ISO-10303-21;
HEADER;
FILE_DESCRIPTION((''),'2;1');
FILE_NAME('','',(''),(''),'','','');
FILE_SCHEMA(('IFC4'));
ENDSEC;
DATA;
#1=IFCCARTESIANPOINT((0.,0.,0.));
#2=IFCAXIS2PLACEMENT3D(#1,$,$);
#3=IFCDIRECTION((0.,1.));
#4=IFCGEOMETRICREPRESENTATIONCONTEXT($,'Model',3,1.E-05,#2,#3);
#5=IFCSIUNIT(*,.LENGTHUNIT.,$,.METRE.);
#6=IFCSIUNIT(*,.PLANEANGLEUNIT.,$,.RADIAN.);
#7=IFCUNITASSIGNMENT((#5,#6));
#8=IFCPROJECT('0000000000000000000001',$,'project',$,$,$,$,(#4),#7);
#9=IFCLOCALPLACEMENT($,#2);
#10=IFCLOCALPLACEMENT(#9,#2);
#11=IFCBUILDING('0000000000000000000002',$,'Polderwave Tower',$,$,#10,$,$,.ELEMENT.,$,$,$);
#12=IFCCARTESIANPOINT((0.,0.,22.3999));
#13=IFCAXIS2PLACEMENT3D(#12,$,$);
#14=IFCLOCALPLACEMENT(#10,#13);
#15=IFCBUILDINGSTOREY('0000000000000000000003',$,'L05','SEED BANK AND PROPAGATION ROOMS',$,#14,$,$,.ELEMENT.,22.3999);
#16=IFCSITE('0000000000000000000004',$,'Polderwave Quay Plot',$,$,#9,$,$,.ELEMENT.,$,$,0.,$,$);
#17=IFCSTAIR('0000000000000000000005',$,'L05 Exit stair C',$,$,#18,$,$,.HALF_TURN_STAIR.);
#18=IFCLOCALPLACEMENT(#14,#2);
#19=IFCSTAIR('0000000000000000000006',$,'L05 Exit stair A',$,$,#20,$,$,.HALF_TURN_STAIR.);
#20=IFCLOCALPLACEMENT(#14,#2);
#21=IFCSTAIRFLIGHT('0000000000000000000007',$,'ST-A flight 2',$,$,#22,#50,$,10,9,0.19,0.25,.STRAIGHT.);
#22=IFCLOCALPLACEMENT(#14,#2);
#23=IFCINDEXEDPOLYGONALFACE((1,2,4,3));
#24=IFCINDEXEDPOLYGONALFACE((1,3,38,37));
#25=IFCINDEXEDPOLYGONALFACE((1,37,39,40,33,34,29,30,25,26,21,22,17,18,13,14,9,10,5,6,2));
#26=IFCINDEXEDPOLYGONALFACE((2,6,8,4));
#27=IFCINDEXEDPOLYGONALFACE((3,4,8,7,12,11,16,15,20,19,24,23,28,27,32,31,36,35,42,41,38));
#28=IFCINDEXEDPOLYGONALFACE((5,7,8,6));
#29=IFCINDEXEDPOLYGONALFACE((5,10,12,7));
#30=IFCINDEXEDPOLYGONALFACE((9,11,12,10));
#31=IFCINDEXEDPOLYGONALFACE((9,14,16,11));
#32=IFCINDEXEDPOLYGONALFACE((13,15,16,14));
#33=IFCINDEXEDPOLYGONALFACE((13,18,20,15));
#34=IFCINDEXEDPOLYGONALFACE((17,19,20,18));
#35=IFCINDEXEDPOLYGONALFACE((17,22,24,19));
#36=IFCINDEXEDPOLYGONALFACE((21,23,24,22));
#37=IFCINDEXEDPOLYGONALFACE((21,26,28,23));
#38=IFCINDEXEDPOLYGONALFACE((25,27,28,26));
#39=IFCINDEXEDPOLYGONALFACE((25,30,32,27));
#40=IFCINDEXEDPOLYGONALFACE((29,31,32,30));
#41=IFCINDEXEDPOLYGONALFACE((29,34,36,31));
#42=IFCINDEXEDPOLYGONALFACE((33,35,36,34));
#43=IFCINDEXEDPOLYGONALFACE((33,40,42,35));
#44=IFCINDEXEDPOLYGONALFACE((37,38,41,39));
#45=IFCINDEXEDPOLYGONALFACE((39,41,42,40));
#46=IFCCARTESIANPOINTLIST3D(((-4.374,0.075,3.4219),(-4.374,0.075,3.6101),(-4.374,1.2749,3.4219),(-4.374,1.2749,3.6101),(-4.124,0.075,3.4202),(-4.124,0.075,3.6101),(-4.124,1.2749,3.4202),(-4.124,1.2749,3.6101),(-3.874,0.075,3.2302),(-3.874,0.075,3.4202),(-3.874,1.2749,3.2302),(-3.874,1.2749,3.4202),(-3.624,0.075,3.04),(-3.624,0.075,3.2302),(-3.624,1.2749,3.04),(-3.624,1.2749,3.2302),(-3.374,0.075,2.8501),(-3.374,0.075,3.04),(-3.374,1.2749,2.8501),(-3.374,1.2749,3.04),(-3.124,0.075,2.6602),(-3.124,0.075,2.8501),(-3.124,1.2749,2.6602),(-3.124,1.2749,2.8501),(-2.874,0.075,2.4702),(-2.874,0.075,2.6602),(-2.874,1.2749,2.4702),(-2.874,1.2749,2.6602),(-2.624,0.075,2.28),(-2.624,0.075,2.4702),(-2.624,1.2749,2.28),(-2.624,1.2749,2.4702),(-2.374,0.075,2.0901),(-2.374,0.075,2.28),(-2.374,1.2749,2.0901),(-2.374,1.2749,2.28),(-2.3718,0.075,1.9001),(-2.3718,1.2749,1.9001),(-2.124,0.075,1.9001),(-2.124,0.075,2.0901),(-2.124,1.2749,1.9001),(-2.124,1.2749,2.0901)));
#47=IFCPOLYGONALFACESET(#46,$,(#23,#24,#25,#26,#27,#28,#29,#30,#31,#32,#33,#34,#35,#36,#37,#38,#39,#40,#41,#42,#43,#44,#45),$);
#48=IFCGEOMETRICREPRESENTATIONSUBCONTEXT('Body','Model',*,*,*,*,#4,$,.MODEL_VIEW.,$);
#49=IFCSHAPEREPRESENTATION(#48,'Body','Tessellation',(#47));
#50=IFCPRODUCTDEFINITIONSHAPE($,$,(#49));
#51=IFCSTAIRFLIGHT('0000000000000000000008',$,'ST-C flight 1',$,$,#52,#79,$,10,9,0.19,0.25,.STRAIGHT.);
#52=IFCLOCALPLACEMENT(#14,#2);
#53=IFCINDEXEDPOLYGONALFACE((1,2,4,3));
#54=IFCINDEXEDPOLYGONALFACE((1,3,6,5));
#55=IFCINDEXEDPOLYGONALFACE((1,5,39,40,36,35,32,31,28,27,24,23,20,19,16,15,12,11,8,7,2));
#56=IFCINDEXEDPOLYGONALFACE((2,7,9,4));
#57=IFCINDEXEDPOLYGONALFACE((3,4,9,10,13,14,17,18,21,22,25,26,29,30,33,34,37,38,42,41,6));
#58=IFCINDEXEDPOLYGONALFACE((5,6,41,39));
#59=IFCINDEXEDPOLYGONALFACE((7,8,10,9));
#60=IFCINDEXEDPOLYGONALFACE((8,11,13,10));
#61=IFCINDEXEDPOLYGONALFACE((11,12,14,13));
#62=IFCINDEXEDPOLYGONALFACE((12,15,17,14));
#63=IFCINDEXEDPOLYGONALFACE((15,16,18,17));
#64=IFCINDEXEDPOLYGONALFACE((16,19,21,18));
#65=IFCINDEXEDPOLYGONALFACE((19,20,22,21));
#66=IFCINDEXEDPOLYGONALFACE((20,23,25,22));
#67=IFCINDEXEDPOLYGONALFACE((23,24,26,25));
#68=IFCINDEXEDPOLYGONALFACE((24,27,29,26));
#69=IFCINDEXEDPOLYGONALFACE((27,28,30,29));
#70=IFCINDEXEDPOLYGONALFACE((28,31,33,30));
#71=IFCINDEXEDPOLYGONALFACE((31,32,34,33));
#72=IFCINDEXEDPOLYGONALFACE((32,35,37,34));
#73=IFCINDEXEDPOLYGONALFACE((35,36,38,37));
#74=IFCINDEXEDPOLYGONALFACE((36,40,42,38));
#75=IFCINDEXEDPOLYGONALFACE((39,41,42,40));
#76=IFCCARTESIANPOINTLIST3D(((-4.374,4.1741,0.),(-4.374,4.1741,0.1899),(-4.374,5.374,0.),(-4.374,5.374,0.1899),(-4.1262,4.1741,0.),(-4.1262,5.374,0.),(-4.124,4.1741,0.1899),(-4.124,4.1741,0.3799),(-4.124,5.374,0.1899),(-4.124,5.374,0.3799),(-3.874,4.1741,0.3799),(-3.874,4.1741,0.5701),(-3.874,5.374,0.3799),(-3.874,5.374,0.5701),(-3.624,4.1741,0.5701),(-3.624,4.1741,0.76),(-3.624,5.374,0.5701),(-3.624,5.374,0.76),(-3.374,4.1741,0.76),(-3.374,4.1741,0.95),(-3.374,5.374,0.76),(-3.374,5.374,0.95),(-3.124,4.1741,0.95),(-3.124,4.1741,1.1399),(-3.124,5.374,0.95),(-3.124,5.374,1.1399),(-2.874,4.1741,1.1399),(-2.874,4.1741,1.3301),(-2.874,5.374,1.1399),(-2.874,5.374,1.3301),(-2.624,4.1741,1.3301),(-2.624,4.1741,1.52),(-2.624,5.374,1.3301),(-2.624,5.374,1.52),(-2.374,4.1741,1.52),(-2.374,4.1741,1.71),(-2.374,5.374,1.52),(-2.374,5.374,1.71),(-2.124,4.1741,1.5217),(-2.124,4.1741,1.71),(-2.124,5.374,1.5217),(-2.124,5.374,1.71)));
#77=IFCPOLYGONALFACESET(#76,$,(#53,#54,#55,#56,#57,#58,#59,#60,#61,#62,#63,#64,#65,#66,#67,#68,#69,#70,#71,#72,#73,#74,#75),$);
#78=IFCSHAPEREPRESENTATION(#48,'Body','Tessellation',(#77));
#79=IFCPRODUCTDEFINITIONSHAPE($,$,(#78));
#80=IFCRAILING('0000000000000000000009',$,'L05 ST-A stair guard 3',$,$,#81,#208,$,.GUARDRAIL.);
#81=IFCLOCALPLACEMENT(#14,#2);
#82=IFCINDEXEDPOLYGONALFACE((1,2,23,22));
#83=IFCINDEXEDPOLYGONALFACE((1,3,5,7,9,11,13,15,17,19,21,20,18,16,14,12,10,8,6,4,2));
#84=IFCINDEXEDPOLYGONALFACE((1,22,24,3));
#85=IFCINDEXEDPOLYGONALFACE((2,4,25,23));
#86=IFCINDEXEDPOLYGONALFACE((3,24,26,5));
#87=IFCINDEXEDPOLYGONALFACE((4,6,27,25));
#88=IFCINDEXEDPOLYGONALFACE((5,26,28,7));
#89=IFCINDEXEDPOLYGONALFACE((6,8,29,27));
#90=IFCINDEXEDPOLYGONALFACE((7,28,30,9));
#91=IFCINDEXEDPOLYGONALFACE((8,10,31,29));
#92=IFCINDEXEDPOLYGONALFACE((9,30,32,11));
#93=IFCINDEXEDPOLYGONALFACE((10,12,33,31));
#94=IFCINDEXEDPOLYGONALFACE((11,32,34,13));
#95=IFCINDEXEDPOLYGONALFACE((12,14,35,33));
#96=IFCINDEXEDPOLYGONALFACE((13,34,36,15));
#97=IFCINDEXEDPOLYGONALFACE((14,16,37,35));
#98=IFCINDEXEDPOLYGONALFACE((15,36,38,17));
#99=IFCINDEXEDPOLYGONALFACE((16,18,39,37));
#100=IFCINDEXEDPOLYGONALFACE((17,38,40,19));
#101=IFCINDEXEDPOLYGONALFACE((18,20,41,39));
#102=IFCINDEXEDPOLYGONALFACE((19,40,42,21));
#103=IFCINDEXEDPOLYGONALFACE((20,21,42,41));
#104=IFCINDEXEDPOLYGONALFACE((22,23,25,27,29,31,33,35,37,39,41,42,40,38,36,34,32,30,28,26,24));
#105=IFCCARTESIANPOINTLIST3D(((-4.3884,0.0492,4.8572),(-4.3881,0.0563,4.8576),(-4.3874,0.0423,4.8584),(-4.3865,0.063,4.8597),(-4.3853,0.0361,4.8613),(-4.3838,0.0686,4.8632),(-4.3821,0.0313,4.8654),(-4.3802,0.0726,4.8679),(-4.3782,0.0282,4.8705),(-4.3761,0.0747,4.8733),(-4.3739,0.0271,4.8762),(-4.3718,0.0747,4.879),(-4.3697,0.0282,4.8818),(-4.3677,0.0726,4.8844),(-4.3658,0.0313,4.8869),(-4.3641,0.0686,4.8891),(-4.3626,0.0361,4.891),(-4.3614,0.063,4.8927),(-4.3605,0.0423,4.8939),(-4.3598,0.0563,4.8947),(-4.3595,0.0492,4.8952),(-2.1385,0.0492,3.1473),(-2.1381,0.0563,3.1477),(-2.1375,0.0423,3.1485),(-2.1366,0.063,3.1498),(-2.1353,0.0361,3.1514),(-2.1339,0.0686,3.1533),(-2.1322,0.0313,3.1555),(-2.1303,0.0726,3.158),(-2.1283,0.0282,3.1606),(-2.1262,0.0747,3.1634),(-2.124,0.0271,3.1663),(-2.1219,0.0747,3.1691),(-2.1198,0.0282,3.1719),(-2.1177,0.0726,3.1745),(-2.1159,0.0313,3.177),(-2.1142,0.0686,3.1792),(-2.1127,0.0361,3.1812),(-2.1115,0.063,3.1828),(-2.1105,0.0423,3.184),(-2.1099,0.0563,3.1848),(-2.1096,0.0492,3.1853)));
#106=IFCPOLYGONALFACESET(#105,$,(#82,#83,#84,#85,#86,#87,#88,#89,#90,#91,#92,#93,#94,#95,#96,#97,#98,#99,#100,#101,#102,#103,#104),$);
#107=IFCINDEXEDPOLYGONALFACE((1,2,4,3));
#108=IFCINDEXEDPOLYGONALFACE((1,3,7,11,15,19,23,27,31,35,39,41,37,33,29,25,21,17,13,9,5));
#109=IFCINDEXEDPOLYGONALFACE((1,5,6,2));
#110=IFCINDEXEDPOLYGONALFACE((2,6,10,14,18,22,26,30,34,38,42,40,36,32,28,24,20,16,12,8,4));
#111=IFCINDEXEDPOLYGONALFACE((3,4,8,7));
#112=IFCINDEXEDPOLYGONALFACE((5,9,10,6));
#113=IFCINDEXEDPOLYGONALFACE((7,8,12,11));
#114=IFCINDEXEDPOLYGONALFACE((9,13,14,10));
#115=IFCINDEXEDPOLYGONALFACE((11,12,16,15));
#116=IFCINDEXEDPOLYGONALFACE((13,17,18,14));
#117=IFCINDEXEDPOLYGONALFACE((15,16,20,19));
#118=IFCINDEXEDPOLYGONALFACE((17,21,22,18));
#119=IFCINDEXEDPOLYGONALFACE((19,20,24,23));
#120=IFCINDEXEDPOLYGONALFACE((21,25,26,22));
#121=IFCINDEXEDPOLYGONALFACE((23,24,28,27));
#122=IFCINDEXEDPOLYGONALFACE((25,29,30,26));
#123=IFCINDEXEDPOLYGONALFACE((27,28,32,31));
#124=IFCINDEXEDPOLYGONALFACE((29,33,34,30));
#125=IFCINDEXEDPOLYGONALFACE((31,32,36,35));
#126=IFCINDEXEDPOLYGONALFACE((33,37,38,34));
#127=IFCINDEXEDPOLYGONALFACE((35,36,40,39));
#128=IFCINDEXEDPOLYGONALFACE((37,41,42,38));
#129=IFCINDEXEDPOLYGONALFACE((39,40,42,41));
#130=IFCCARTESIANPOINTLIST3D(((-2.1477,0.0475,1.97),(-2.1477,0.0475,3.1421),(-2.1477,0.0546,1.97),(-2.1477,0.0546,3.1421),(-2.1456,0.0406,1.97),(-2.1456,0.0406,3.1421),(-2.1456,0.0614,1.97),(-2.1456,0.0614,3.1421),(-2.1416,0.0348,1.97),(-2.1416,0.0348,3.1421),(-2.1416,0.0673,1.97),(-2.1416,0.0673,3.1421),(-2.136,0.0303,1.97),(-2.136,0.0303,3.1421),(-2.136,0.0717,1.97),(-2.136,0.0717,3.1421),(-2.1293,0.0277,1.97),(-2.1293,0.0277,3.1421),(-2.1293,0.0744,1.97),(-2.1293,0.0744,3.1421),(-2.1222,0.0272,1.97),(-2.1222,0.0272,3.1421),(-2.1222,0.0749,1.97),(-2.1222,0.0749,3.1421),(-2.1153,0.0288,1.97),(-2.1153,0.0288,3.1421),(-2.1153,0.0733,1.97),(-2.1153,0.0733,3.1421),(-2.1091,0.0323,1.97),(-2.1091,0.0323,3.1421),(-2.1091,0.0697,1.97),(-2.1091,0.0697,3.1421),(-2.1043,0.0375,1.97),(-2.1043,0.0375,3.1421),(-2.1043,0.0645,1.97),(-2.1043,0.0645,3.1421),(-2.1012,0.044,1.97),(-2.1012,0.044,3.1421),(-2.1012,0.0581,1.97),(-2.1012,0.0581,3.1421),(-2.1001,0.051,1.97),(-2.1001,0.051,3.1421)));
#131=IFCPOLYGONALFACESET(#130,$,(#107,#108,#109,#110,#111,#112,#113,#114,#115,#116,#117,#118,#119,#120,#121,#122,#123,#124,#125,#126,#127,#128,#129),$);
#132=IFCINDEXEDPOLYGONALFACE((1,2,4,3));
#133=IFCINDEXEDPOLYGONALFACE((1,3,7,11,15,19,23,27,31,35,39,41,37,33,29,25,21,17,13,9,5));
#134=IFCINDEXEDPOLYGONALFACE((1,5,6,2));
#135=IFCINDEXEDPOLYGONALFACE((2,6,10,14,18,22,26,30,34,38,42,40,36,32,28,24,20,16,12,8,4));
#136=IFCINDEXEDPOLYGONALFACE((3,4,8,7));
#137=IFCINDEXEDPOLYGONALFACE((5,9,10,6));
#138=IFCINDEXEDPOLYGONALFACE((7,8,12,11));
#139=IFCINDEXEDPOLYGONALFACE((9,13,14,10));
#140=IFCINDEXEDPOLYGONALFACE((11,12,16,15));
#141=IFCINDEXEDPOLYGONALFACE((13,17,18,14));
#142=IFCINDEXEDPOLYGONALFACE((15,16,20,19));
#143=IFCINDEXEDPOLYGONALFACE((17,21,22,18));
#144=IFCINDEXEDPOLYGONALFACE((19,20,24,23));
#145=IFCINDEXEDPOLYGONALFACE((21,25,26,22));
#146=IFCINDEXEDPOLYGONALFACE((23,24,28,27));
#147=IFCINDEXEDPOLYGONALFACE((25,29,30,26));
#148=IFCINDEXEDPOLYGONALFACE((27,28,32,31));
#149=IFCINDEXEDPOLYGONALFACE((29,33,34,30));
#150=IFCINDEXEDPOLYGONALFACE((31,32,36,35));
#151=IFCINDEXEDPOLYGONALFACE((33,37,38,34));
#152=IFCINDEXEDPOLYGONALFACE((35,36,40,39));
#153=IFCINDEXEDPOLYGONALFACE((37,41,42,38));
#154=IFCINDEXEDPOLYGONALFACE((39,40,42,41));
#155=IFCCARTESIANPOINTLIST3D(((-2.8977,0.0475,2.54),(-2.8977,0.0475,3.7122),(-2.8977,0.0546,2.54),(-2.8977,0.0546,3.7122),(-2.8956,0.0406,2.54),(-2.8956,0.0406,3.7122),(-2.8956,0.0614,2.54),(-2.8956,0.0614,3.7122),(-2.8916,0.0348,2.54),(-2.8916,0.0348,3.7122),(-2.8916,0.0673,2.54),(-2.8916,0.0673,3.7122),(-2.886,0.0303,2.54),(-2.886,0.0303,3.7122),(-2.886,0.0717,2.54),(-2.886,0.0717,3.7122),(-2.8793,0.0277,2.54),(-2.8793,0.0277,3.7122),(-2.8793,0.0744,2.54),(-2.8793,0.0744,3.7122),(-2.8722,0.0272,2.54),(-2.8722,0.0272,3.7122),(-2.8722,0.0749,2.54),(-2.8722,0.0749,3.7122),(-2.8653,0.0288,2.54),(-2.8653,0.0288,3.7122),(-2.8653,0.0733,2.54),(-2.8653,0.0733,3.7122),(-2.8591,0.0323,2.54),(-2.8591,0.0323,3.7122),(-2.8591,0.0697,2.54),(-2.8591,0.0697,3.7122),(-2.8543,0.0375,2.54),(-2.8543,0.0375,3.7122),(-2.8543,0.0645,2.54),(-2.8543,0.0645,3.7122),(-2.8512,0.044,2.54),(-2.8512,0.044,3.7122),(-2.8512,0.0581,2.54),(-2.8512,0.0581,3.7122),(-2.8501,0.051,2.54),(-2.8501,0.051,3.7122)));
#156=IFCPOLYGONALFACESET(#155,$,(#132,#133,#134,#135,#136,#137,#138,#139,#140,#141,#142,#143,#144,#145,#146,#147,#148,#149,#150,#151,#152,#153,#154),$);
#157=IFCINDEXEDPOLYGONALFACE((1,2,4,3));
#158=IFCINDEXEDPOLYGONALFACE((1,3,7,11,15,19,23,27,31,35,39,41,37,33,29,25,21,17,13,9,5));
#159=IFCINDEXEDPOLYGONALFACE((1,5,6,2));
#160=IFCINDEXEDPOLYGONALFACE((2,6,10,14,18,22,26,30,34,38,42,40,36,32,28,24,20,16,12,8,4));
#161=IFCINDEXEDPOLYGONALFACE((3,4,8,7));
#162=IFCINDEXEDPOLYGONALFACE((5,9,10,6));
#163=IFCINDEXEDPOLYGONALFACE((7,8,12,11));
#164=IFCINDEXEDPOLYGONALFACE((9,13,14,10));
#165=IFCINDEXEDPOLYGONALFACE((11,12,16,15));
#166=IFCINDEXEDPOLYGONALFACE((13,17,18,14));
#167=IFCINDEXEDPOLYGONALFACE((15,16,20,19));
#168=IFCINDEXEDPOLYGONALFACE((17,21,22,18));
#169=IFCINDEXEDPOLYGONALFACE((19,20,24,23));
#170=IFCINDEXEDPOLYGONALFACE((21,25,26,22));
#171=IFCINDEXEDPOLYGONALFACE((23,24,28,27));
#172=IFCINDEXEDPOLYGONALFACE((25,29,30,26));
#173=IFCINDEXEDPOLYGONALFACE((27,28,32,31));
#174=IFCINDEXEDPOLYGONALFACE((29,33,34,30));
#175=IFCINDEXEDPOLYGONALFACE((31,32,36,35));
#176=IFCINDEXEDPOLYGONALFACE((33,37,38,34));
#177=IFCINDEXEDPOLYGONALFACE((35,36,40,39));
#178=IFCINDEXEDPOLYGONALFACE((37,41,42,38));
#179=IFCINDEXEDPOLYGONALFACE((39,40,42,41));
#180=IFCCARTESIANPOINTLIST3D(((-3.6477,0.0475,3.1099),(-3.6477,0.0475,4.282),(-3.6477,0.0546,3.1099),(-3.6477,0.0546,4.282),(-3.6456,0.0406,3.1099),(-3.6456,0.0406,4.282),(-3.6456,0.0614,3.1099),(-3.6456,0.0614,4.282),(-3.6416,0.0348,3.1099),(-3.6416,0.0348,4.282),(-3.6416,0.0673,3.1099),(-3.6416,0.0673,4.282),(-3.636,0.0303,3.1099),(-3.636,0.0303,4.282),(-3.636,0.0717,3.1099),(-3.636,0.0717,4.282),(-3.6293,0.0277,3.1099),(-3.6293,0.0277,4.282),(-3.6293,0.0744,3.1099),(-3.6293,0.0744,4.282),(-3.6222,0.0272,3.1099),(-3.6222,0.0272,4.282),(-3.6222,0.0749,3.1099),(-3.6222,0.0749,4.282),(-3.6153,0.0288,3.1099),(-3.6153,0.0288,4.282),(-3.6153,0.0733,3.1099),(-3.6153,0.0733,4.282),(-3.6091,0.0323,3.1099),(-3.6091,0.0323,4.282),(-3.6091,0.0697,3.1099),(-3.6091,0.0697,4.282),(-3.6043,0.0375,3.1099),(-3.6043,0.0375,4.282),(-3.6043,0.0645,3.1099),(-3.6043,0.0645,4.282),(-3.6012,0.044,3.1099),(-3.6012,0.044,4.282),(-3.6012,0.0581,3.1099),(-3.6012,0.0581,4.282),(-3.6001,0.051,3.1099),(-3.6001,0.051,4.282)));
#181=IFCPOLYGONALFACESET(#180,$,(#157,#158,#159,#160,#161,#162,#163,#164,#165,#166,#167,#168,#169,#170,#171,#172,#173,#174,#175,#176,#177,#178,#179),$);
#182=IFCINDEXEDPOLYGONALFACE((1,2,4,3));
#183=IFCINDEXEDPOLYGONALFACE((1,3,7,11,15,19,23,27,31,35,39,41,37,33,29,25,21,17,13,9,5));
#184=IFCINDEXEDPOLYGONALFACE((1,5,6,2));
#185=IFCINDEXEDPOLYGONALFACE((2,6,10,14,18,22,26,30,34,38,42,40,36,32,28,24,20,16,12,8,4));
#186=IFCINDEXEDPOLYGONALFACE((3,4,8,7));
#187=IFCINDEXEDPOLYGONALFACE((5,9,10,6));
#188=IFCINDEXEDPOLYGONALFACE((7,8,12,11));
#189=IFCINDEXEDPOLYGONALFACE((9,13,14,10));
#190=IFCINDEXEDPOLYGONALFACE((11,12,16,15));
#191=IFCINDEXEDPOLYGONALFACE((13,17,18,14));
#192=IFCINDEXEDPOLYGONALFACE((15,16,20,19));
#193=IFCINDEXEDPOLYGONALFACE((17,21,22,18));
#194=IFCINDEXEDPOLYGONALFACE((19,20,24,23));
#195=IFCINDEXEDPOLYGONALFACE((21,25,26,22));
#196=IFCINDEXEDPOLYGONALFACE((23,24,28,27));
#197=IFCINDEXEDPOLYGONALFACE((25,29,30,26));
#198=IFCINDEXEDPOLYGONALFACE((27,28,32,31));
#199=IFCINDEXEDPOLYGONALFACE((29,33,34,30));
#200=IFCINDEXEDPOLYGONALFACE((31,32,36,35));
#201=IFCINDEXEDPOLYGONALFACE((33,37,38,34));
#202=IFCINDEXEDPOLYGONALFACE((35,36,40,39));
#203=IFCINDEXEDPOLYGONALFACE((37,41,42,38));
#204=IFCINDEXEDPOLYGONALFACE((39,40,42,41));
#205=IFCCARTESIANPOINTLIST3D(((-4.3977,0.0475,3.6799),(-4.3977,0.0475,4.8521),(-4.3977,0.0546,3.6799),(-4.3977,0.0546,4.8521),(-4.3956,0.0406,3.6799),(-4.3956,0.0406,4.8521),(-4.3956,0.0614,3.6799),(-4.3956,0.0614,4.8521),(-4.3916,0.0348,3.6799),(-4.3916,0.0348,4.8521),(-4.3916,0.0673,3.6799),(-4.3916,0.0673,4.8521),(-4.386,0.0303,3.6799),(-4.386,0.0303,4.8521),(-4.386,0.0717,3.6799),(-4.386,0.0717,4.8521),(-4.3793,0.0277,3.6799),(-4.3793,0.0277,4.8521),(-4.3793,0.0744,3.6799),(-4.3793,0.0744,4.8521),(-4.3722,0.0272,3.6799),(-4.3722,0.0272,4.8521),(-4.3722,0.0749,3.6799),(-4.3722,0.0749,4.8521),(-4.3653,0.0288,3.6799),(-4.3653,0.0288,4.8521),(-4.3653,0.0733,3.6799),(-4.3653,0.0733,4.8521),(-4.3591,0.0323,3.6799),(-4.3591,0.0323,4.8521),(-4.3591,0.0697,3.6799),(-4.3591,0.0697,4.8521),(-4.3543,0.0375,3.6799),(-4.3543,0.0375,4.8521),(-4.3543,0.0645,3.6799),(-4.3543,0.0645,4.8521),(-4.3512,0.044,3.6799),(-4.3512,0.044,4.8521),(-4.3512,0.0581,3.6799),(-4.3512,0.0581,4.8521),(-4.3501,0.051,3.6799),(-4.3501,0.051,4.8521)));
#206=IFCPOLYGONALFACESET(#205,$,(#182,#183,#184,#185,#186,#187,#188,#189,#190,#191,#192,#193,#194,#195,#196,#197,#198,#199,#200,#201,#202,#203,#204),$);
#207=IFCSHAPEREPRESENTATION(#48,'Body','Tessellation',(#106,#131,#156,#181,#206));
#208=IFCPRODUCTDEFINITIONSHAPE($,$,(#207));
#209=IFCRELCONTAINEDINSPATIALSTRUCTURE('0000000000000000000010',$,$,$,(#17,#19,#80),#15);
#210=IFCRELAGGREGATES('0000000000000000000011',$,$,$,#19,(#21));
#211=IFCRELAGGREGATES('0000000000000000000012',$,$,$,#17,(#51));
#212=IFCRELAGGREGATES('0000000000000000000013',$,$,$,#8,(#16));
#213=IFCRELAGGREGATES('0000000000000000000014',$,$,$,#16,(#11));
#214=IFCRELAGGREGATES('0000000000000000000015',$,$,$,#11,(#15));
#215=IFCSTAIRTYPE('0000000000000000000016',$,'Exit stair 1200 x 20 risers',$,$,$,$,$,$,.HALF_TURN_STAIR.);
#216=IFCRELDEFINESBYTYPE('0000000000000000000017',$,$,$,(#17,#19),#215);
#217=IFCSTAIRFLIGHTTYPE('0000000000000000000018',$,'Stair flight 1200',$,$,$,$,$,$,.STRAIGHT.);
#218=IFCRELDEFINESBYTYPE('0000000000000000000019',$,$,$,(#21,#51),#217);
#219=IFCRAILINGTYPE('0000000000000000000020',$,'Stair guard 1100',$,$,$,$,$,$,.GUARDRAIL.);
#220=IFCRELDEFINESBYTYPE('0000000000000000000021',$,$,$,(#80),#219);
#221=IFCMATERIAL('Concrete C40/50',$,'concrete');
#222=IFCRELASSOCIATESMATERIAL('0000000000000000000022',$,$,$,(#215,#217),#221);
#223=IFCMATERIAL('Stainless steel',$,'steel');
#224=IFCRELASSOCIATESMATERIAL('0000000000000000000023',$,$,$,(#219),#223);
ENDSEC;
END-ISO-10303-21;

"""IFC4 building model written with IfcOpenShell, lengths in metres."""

from ifc_helpers import new_model, si_unit, direction, frame, origin, origin_2d, place, context, subcontext, project, spatial, polyline, circle, outline, extrude, material, type_object, element, aggregate, save


model = new_model("IFC4")

# Units and contexts
model_context = context("Model", 3, precision=1e-05, world=origin(), true_north=direction((0.0, 1.0)))
body_context = subcontext(model_context, "Body", "Model", "MODEL_VIEW")
ifc_project = project(units=[si_unit("LENGTHUNIT", "METRE"), si_unit("PLANEANGLEUNIT", "RADIAN")], contexts=[model_context])

# Site, building, storey
site_placement = place(None, origin())
site = spatial("IfcSite", under=ifc_project, at=site_placement, Name="Polderwave Quay Plot", CompositionType="ELEMENT", RefElevation=0.0)
building_placement = place(site_placement, origin())
building = spatial("IfcBuilding", under=site, at=building_placement, Name="Polderwave Tower", CompositionType="ELEMENT")
storey_placement = place(building_placement, frame((0.0, 0.0, 22.3999)))
storey = spatial("IfcBuildingStorey", under=building, at=storey_placement, Name="L05", Description="SEED BANK AND PROPAGATION ROOMS", CompositionType="ELEMENT", Elevation=22.3999)

# Shared definitions
ifc_material_1 = material(Name="Concrete C40/50", Category="concrete")

# Stair
stair_type = type_object("IfcStairType", Name="Exit stair 1200 x 20 risers", PredefinedType="HALF_TURN_STAIR", material=ifc_material_1)
stair_1_placement = place(storey_placement, origin())
stair_1 = element("IfcStair", 1, at=stair_1_placement, inside=storey, type_object=stair_type, Name="L05 Exit stair C", PredefinedType="HALF_TURN_STAIR")

# Stair, stair flight
stair_2_placement = place(storey_placement, origin())
stair_2 = element("IfcStair", 2, at=stair_2_placement, inside=storey, type_object=stair_type, Name="L05 Exit stair A", PredefinedType="HALF_TURN_STAIR")
stair_flight_type = type_object("IfcStairFlightType", Name="Stair flight 1200", PredefinedType="STRAIGHT", material=ifc_material_1)
stair_flight_1_placement = place(storey_placement, frame((-2.124, 0.675, 1.9001), z_axis=(0.0, 0.0, 1.0), x_axis=(-1.0, 0.0, 0.0)))
stair_flight_1 = element("IfcStairFlight", 3, at=stair_flight_1_placement, type_object=stair_flight_type, Name="ST-A flight 2", NumberOfRisers=10, NumberOfTreads=9, PredefinedType="STRAIGHT", RiserHeight=0.19, TreadLength=0.25, context=body_context, shape_type="SweptSolid", body=[
    extrude(outline(polyline([(0.0, 0.0), (0.0, 0.1899), (0.25, 0.1899), (0.25, 0.3799), (0.5, 0.3799), (0.5, 0.5701), (0.75, 0.5701), (0.75, 0.76), (1.0, 0.76), (1.0, 0.95), (1.25, 0.95), (1.25, 1.1399), (1.5, 1.1399), (1.5, 1.3301), (1.75, 1.3301), (1.75, 1.52), (2.0, 1.52), (2.0, 1.71), (2.25, 1.71), (2.25, 1.8999), (2.25, 1.5217), (0.2478, 0.0), (0.0, 0.0)])), frame((0.0, 0.6001, 0.0), z_axis=(0.0, -1.0, 0.0), x_axis=(1.0, 0.0, 0.0)), (0.0, 0.0, 1.0), 1.2),
])
aggregate(stair_2, [stair_flight_1])

# Stair flight
stair_flight_2_placement = place(storey_placement, frame((-4.374, 4.7739, 0.0), z_axis=(0.0, 0.0, 1.0), x_axis=(1.0, 0.0, 0.0)))
stair_flight_2 = element("IfcStairFlight", 4, at=stair_flight_2_placement, type_object=stair_flight_type, Name="ST-C flight 1", NumberOfRisers=10, NumberOfTreads=9, PredefinedType="STRAIGHT", RiserHeight=0.19, TreadLength=0.25, context=body_context, shape_type="SweptSolid", body=[
    extrude(outline(polyline([(0.0, 0.0), (0.0, 0.1899), (0.25, 0.1899), (0.25, 0.3799), (0.5, 0.3799), (0.5, 0.5701), (0.75, 0.5701), (0.75, 0.76), (1.0, 0.76), (1.0, 0.95), (1.25, 0.95), (1.25, 1.1399), (1.5, 1.1399), (1.5, 1.3301), (1.75, 1.3301), (1.75, 1.52), (2.0, 1.52), (2.0, 1.71), (2.25, 1.71), (2.25, 1.8999), (2.25, 1.5217), (0.2478, 0.0), (0.0, 0.0)])), frame((0.0, 0.6001, 0.0), z_axis=(0.0, -1.0, 0.0), x_axis=(1.0, 0.0, 0.0)), (0.0, 0.0, 1.0), 1.2),
])
aggregate(stair_1, [stair_flight_2])

# Railing
ifc_material_2 = material(Name="Stainless steel", Category="steel")
railing_type_1 = type_object("IfcRailingType", Name="Stair guard 1100", PredefinedType="GUARDRAIL", material=ifc_material_2)
railing_1_placement = place(storey_placement, frame((-2.124, 0.051, 1.97)))
element("IfcRailing", 5, at=railing_1_placement, inside=storey, type_object=railing_type_1, Name="L05 ST-A stair guard 3", PredefinedType="GUARDRAIL", context=body_context, shape_type="SweptSolid", body=[
    extrude(circle(Radius=0.0239, at=origin_2d()), frame((0.0, 0.0, 1.1963), z_axis=(-0.796169, 0.0, 0.605075), x_axis=(0.0, -1.0, 0.0)), (0.0, 0.0, 1.0), 2.8259),
    extrude(circle(Radius=0.0239, at=origin_2d()), origin(), (0.0, 0.0, 1.0), 1.1721),
    extrude(circle(Radius=0.0239, at=origin_2d()), frame((-0.75, 0.0, 0.5701)), (0.0, 0.0, 1.0), 1.1721),
    extrude(circle(Radius=0.0239, at=origin_2d()), frame((-1.5, 0.0, 1.1399)), (0.0, 0.0, 1.0), 1.1721),
    extrude(circle(Radius=0.0239, at=origin_2d()), frame((-2.25, 0.0, 1.71)), (0.0, 0.0, 1.0), 1.1721),
])

save(model, "model.ifc")
